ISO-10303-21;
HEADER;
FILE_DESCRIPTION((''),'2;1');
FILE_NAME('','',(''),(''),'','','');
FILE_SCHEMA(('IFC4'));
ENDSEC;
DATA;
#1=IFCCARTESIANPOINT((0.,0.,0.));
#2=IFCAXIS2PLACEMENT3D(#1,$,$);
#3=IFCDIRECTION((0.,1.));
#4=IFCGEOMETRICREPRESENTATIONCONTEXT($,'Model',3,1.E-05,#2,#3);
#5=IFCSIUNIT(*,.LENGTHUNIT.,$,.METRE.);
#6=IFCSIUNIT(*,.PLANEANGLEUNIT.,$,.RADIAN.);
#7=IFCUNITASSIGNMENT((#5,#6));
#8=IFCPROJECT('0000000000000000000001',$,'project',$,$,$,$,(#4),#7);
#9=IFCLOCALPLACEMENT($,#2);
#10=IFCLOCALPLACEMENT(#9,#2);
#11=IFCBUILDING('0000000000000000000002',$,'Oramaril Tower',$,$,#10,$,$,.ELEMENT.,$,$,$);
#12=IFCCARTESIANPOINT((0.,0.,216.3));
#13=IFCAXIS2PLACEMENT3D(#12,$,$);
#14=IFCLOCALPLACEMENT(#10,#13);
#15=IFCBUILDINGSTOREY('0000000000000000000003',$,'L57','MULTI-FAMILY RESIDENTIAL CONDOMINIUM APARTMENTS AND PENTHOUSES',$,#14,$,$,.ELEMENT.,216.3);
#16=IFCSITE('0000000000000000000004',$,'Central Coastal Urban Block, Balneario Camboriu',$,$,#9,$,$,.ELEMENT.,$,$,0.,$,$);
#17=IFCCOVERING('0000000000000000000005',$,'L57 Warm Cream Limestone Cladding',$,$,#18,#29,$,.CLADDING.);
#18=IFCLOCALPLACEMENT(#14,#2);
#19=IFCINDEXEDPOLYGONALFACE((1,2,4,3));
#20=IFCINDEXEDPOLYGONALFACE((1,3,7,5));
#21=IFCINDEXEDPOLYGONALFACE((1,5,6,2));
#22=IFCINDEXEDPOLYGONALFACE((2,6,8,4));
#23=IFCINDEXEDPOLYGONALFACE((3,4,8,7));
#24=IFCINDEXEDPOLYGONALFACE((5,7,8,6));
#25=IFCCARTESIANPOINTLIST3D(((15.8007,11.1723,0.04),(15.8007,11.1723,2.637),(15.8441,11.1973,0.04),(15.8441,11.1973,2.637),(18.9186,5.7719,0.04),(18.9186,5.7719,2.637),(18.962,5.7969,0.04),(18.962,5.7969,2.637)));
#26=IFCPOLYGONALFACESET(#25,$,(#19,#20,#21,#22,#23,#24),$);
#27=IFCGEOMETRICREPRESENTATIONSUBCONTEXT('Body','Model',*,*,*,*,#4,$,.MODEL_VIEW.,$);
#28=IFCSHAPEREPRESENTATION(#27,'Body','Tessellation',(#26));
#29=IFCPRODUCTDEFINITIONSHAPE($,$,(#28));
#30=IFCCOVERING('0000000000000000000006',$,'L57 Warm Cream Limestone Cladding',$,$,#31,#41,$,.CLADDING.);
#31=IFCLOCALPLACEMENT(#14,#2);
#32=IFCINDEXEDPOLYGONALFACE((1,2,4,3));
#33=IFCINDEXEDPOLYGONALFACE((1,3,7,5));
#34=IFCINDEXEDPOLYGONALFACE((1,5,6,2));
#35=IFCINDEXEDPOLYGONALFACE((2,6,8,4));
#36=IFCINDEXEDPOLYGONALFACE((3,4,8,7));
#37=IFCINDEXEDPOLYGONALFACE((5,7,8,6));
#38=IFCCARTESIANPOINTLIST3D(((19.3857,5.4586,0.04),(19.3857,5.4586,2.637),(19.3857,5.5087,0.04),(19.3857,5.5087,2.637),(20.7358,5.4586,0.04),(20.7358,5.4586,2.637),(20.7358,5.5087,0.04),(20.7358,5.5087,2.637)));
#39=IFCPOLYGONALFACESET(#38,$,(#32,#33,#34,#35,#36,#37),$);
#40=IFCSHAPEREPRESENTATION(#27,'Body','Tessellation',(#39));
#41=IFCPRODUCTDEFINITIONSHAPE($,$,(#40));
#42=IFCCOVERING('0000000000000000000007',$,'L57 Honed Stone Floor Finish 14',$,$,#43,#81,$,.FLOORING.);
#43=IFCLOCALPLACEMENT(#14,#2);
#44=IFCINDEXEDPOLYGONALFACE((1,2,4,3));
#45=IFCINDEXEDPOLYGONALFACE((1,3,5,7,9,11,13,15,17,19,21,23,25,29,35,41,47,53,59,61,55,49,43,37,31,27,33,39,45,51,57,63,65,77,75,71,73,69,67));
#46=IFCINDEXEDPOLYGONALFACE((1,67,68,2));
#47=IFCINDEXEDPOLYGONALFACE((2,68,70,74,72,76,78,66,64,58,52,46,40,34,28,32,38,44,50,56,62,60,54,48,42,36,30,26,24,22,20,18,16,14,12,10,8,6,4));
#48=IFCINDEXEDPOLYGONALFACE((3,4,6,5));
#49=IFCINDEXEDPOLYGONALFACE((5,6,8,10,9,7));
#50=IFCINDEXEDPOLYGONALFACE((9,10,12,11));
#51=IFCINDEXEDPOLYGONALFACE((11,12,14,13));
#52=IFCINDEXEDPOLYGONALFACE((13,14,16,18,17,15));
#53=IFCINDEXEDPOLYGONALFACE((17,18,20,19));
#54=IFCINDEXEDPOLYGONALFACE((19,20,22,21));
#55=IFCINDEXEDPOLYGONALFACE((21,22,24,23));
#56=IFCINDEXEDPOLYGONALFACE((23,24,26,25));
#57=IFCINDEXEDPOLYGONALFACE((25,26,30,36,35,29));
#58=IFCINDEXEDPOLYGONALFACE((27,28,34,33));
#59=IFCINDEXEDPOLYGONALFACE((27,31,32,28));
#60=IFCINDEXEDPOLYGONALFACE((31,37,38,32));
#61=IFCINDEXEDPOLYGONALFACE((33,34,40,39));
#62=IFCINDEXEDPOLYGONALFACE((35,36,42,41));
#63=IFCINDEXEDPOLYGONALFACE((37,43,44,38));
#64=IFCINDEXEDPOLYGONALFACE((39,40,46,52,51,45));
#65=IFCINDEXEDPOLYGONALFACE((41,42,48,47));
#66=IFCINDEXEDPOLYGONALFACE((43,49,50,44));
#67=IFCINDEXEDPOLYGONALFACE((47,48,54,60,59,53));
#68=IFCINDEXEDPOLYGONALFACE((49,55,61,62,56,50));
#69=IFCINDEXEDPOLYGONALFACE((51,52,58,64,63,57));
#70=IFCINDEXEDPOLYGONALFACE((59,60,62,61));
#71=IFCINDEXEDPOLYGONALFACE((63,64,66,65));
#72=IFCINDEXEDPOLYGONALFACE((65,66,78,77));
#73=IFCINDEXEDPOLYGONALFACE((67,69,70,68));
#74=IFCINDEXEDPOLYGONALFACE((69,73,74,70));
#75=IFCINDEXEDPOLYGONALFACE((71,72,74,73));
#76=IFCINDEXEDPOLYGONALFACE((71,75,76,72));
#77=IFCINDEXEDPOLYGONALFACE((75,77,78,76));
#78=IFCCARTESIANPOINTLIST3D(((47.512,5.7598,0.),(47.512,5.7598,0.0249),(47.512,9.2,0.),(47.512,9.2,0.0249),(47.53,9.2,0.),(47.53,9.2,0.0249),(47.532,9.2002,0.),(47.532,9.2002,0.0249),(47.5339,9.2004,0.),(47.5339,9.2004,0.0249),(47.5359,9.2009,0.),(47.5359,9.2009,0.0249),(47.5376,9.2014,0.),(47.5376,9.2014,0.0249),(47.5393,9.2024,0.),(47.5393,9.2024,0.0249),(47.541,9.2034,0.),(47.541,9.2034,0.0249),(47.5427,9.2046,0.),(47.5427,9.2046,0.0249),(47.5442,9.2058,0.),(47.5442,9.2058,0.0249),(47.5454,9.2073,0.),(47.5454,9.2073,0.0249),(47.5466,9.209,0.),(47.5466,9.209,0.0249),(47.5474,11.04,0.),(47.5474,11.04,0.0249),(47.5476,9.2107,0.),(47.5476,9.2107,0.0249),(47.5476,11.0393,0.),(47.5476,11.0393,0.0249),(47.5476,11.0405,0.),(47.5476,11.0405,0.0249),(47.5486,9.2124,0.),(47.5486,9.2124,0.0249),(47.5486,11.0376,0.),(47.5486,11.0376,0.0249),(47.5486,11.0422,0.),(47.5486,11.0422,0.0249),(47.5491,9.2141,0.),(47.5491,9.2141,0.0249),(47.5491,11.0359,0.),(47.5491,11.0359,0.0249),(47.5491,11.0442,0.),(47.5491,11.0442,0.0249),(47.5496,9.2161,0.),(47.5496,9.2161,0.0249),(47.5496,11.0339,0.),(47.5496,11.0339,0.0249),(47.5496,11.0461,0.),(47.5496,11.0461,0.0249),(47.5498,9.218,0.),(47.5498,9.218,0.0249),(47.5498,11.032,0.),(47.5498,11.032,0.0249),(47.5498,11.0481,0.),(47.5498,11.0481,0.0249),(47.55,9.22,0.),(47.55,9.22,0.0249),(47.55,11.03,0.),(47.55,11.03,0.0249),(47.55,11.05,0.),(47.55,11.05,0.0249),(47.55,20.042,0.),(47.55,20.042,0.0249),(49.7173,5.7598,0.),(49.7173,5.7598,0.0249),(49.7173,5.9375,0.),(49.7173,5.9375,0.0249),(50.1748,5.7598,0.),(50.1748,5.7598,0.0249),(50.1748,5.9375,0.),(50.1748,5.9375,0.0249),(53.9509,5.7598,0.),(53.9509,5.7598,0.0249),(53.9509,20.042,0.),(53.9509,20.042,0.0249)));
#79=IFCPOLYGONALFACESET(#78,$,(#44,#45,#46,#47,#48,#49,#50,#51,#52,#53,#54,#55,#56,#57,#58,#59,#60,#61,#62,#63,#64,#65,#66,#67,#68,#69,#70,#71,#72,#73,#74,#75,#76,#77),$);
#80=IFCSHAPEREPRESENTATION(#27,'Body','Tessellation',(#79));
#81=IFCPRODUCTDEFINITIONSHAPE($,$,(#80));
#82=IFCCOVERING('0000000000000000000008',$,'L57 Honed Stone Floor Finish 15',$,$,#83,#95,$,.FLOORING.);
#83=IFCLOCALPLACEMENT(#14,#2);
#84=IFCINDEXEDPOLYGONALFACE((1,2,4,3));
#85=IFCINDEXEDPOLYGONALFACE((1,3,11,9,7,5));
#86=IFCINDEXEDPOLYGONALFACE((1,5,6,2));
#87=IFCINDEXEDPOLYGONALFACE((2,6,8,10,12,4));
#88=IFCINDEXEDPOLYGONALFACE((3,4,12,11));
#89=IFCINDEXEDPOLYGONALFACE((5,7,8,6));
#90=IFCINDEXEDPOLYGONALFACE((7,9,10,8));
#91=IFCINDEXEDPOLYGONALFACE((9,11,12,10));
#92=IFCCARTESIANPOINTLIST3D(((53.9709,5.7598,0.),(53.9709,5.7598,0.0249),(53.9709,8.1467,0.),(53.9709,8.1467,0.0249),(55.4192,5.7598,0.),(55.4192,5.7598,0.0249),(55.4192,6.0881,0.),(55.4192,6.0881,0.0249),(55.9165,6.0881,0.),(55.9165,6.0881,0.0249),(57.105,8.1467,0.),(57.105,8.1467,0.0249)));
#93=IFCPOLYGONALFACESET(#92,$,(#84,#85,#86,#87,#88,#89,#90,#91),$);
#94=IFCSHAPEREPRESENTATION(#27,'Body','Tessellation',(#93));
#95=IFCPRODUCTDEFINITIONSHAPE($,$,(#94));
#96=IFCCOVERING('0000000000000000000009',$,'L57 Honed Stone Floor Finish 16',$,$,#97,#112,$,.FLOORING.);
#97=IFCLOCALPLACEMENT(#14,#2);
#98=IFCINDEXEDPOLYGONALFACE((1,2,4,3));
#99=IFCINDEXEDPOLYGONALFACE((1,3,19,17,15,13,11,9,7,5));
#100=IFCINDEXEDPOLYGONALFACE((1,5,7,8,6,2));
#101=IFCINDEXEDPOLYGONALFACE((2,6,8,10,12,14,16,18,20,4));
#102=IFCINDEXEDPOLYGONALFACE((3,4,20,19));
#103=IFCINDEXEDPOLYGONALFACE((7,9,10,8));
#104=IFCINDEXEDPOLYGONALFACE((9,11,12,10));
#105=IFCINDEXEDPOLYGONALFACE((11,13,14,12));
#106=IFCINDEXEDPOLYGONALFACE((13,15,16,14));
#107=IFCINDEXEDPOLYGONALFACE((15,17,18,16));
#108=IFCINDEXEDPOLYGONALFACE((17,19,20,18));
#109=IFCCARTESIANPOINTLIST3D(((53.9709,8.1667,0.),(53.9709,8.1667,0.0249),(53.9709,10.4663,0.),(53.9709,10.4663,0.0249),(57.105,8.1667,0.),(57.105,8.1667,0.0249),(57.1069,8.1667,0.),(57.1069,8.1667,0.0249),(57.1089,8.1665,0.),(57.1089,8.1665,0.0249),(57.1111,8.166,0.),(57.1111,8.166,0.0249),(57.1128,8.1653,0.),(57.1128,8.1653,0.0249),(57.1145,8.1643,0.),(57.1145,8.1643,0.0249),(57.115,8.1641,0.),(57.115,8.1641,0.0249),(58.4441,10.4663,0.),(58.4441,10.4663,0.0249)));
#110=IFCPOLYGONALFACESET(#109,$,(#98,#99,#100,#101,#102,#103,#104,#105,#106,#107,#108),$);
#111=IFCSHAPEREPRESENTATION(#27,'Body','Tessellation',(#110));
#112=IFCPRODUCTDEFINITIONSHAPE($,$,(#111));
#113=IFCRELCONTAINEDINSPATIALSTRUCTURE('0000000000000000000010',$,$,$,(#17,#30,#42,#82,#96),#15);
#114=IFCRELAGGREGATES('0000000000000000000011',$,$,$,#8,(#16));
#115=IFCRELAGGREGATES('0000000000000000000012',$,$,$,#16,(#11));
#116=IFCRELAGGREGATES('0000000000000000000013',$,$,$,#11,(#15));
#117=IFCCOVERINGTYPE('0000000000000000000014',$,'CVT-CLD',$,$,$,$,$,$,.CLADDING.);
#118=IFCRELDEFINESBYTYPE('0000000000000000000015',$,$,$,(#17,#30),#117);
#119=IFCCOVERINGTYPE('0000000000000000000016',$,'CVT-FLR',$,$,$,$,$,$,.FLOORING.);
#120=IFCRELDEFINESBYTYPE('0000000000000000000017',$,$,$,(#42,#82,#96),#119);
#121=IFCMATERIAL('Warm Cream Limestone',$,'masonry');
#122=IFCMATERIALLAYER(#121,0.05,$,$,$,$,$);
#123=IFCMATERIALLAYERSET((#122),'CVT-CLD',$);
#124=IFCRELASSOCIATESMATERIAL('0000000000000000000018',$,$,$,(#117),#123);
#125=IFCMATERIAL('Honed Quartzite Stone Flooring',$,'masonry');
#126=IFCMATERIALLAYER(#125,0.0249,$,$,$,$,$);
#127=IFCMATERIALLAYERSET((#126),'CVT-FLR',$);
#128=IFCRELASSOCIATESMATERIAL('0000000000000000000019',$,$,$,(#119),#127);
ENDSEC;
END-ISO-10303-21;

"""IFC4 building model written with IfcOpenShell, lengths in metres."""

from ifc_helpers import new_model, si_unit, direction, frame, origin, origin_2d, place, context, subcontext, project, spatial, polyline, rectangle, outline, extrude, material, layer, layer_set, type_object, element, save


model = new_model("IFC4")

# Units and contexts
model_context = context("Model", 3, precision=1e-05, world=origin(), true_north=direction((0.0, 1.0)))
body_context = subcontext(model_context, "Body", "Model", "MODEL_VIEW")
ifc_project = project(units=[si_unit("LENGTHUNIT", "METRE"), si_unit("PLANEANGLEUNIT", "RADIAN")], contexts=[model_context])

# Site, building, storey
site_placement = place(None, origin())
site = spatial("IfcSite", under=ifc_project, at=site_placement, Name="Central Coastal Urban Block, Balneario Camboriu", CompositionType="ELEMENT", RefElevation=0.0)
building_placement = place(site_placement, origin())
building = spatial("IfcBuilding", under=site, at=building_placement, Name="Oramaril Tower", CompositionType="ELEMENT")
storey_placement = place(building_placement, frame((0.0, 0.0, 216.3)))
storey = spatial("IfcBuildingStorey", under=building, at=storey_placement, Name="L57", Description="MULTI-FAMILY RESIDENTIAL CONDOMINIUM APARTMENTS AND PENTHOUSES", CompositionType="ELEMENT", Elevation=216.3)

# Coverings
ifc_material_1 = material(Name="Warm Cream Limestone", Category="masonry")
ifc_layer_1 = layer(ifc_material_1, 0.05)
ifc_layer_set_1 = layer_set([ifc_layer_1], Name="CVT-CLD")
covering_type_1 = type_object("IfcCoveringType", Name="CVT-CLD", PredefinedType="CLADDING", material=ifc_layer_set_1)
covering_1_placement = place(storey_placement, frame((17.3813, 8.4846, 0.04), z_axis=(0.0, 0.0, 1.0), x_axis=(0.499992, -0.86603, 0.0)))
element("IfcCovering", 1, at=covering_1_placement, inside=storey, type_object=covering_type_1, Name="L57 Warm Cream Limestone Cladding", PredefinedType="CLADDING", context=body_context, shape_type="SweptSolid", body=[
    extrude(rectangle(XDim=6.2358, YDim=0.05, at=origin_2d()), origin(), (0.0, 0.0, 1.0), 2.5969),
])
covering_2_placement = place(storey_placement, frame((20.0608, 5.4836, 0.04), z_axis=(0.0, 0.0, 1.0), x_axis=(1.0, 0.0, 0.0)))
element("IfcCovering", 2, at=covering_2_placement, inside=storey, type_object=covering_type_1, Name="L57 Warm Cream Limestone Cladding", PredefinedType="CLADDING", context=body_context, shape_type="SweptSolid", body=[
    extrude(rectangle(XDim=1.3501, YDim=0.05, at=origin_2d()), origin(), (0.0, 0.0, 1.0), 2.5969),
])
ifc_material_2 = material(Name="Honed Quartzite Stone Flooring", Category="masonry")
ifc_layer_2 = layer(ifc_material_2, 0.0249)
ifc_layer_set_2 = layer_set([ifc_layer_2], Name="CVT-FLR")
covering_type_2 = type_object("IfcCoveringType", Name="CVT-FLR", PredefinedType="FLOORING", material=ifc_layer_set_2)
covering_3_placement = place(storey_placement, origin())
element("IfcCovering", 3, at=covering_3_placement, inside=storey, type_object=covering_type_2, Name="L57 Honed Stone Floor Finish 14", PredefinedType="FLOORING", context=body_context, shape_type="SweptSolid", body=[
    extrude(outline(polyline([(53.9509, 20.042), (53.9509, 5.7598), (50.1748, 5.7598), (50.1748, 5.9375), (49.7173, 5.9375), (49.7173, 5.7598), (47.512, 5.7598), (47.512, 9.2), (47.53, 9.2), (47.532, 9.2002), (47.5339, 9.2004), (47.5359, 9.2009), (47.5376, 9.2014), (47.5393, 9.2024), (47.541, 9.2034), (47.5427, 9.2046), (47.5442, 9.2058), (47.5454, 9.2073), (47.5466, 9.209), (47.5476, 9.2107), (47.5486, 9.2124), (47.5491, 9.2141), (47.5496, 9.2161), (47.5498, 9.218), (47.55, 9.22), (47.55, 11.03), (47.5498, 11.032), (47.5496, 11.0339), (47.5491, 11.0359), (47.5486, 11.0376), (47.5476, 11.0393), (47.5474, 11.04), (47.5476, 11.0405), (47.5486, 11.0422), (47.5491, 11.0442), (47.5496, 11.0461), (47.5498, 11.0481), (47.55, 11.05), (47.55, 20.042), (53.9509, 20.042)])), origin(), (0.0, 0.0, 1.0), 0.0249),
])
covering_4_placement = place(storey_placement, origin())
element("IfcCovering", 4, at=covering_4_placement, inside=storey, type_object=covering_type_2, Name="L57 Honed Stone Floor Finish 15", PredefinedType="FLOORING", context=body_context, shape_type="SweptSolid", body=[
    extrude(outline(polyline([(55.9165, 6.0881), (55.4192, 6.0881), (55.4192, 5.7598), (53.9709, 5.7598), (53.9709, 8.1467), (57.105, 8.1467), (55.9165, 6.0881)])), origin(), (0.0, 0.0, 1.0), 0.0249),
])
covering_5_placement = place(storey_placement, origin())
element("IfcCovering", 5, at=covering_5_placement, inside=storey, type_object=covering_type_2, Name="L57 Honed Stone Floor Finish 16", PredefinedType="FLOORING", context=body_context, shape_type="SweptSolid", body=[
    extrude(outline(polyline([(57.115, 8.1641), (57.1145, 8.1643), (57.1128, 8.1653), (57.1111, 8.166), (57.1089, 8.1665), (57.1069, 8.1667), (57.105, 8.1667), (53.9709, 8.1667), (53.9709, 10.4663), (58.4441, 10.4663), (57.115, 8.1641)])), origin(), (0.0, 0.0, 1.0), 0.0249),
])

save(model, "model.ifc")
